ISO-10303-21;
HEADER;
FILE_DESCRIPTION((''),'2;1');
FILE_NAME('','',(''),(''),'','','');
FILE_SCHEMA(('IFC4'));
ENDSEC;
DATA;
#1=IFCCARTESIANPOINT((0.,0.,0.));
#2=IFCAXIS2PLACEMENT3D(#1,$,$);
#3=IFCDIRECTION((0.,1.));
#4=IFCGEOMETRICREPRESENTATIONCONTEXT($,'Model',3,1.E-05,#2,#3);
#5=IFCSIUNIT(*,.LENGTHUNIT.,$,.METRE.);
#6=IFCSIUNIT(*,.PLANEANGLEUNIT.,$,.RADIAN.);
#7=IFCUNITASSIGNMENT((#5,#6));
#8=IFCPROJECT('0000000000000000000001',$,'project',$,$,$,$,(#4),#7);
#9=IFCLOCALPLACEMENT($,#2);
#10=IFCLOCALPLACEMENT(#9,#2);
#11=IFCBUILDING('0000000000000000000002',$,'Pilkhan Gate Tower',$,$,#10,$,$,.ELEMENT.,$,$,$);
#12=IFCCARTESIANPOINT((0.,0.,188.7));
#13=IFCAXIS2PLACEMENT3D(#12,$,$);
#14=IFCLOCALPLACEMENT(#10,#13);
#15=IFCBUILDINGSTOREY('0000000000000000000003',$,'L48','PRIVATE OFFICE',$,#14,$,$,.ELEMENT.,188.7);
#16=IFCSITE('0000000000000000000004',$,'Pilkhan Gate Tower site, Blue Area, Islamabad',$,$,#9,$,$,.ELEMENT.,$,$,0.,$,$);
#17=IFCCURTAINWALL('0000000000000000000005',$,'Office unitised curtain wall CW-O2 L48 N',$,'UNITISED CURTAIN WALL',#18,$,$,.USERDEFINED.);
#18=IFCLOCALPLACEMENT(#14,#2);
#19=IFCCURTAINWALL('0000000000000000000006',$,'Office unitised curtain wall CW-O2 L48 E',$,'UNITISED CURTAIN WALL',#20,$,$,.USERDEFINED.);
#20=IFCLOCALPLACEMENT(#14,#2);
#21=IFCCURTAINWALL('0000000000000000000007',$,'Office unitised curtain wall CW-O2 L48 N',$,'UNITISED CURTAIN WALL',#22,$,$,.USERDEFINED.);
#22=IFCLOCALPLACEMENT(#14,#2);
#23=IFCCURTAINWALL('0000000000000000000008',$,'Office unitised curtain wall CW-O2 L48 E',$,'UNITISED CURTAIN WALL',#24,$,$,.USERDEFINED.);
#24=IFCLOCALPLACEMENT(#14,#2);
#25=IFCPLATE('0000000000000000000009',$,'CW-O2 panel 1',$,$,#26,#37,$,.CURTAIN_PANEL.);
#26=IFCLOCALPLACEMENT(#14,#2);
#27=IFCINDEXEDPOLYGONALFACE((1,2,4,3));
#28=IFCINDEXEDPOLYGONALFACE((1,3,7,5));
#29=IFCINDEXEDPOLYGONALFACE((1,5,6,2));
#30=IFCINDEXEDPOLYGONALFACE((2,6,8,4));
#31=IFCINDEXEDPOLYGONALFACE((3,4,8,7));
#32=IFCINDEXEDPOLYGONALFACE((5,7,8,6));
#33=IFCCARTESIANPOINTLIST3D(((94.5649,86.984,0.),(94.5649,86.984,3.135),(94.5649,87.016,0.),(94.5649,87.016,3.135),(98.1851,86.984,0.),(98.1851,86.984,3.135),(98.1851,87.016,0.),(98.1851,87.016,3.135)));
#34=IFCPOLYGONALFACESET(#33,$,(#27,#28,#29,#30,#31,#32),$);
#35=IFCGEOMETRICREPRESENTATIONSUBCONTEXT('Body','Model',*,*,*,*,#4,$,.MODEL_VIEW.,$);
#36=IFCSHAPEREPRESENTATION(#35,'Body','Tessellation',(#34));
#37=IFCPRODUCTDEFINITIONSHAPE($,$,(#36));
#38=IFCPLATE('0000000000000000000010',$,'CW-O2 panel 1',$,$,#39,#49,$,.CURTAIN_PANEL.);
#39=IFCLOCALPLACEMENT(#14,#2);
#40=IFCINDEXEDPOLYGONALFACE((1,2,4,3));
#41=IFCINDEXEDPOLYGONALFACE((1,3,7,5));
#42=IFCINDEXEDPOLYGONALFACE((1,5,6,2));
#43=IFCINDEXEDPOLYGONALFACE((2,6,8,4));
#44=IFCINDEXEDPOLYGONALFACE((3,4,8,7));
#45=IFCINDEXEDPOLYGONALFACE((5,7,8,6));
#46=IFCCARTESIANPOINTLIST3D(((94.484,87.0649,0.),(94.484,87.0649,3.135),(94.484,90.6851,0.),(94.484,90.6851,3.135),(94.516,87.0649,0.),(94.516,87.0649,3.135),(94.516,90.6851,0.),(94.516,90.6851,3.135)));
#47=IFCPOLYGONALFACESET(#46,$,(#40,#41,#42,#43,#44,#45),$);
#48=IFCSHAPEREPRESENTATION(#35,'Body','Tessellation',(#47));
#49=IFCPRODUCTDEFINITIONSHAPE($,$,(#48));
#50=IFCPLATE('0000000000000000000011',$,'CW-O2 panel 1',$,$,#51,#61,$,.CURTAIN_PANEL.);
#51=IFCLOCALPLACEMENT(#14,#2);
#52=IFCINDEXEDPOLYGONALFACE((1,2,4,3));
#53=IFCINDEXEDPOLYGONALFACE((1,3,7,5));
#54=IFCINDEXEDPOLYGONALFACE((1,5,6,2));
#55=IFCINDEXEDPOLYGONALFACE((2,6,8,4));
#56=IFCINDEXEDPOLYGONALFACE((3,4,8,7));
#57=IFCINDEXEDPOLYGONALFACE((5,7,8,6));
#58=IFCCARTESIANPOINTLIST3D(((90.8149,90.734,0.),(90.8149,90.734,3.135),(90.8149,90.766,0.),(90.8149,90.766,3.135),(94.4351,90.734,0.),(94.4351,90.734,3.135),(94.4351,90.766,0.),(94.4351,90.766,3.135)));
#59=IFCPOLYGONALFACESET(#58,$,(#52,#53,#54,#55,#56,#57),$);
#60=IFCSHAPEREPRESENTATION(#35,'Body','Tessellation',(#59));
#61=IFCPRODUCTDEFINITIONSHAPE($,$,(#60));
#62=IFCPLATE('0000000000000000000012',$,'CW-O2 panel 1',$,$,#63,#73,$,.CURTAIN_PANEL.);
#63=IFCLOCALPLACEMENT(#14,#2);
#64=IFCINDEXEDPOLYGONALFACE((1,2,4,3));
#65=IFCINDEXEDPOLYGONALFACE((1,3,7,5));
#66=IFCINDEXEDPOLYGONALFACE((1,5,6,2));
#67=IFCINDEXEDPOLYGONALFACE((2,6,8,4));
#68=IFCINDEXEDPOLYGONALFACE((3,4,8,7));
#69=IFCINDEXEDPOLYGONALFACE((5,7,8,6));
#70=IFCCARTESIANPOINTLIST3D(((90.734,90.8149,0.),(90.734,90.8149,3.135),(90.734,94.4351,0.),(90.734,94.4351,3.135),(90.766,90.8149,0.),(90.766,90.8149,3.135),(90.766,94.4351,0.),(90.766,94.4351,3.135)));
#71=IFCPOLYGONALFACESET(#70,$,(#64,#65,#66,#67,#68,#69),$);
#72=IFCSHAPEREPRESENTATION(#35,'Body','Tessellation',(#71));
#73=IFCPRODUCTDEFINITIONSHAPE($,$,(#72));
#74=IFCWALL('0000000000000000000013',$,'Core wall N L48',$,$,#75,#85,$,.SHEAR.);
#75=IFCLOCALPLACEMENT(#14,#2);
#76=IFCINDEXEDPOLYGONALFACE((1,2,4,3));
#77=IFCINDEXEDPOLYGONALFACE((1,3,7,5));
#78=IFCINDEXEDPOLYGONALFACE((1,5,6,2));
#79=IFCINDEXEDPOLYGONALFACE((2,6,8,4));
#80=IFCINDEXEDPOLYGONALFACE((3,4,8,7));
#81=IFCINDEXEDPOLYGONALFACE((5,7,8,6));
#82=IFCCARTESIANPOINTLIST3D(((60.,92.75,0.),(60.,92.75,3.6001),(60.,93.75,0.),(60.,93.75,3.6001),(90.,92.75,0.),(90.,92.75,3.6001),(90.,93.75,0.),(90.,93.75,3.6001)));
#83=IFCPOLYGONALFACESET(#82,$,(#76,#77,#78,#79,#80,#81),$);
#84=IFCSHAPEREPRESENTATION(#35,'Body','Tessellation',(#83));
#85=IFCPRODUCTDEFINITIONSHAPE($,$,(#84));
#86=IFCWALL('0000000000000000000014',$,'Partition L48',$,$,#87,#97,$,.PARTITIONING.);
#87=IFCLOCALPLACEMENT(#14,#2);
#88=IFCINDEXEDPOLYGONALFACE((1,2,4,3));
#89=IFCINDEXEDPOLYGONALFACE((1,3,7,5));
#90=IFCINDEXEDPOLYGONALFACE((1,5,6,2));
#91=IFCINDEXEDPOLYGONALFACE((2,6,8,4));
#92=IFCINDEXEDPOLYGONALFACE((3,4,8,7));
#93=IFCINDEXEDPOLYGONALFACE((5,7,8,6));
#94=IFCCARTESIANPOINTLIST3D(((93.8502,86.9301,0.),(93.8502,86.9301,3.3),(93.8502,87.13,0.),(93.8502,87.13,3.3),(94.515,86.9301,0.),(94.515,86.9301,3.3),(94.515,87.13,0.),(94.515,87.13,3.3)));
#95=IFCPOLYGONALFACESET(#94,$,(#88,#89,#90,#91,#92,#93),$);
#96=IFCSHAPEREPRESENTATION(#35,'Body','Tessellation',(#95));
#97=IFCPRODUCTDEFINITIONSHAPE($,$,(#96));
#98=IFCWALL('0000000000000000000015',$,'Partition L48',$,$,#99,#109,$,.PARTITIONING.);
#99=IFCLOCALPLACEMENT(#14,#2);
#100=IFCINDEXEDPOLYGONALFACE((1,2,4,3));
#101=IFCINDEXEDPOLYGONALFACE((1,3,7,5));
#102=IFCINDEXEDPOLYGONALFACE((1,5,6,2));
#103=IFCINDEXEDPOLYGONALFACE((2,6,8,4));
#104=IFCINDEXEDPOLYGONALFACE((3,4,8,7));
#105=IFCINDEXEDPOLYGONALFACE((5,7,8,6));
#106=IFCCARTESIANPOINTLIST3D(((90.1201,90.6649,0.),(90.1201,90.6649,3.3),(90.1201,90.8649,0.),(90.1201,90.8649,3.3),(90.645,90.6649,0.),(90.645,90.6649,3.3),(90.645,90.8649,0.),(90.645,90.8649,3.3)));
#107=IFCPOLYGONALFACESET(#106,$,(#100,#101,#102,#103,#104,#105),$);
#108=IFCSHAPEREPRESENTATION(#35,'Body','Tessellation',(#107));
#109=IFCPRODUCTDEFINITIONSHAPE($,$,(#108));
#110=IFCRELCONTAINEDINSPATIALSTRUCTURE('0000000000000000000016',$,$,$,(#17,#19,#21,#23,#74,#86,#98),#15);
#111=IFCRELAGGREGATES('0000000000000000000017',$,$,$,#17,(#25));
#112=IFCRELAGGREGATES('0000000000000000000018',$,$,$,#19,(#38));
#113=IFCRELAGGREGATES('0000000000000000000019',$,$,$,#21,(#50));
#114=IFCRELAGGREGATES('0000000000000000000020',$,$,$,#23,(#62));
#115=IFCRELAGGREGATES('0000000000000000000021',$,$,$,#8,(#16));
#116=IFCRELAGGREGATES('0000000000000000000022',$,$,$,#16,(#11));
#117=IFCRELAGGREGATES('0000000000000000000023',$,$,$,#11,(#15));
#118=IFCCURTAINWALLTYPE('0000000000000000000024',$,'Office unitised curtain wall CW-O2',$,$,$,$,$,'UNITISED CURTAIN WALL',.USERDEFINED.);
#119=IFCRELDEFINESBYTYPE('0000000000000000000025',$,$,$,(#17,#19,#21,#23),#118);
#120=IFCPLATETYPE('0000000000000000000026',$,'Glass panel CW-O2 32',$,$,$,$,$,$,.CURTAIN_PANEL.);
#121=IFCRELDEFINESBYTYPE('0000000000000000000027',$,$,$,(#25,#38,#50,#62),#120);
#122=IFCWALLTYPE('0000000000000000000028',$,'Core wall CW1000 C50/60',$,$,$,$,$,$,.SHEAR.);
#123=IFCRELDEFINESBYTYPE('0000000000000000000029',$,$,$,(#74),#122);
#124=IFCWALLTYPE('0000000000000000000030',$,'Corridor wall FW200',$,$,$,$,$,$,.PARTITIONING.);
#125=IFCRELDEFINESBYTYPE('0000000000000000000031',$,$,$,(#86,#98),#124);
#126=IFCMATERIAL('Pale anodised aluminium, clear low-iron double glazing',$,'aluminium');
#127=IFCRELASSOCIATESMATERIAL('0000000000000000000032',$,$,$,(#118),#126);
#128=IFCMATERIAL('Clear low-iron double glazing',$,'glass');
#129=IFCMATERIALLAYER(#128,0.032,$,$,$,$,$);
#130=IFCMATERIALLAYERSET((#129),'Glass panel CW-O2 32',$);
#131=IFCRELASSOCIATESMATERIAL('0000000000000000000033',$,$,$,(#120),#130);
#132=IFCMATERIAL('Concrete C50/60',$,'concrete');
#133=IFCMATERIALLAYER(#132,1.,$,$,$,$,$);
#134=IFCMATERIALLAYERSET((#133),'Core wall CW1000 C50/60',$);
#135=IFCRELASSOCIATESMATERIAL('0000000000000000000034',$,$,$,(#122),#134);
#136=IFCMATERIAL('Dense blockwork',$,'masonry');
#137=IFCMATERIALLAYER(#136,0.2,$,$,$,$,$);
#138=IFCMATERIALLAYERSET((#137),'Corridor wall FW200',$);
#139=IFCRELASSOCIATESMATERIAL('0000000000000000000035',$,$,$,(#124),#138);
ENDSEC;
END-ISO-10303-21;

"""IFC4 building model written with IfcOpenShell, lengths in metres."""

from ifc_helpers import new_model, si_unit, direction, frame, frame_2d, origin, origin_2d, place, context, subcontext, project, spatial, rectangle, extrude, material, layer, layer_set, type_object, element, aggregate, save


model = new_model("IFC4")

# Units and contexts
model_context = context("Model", 3, precision=1e-05, world=origin(), true_north=direction((0.0, 1.0)))
body_context = subcontext(model_context, "Body", "Model", "MODEL_VIEW")
ifc_project = project(units=[si_unit("LENGTHUNIT", "METRE"), si_unit("PLANEANGLEUNIT", "RADIAN")], contexts=[model_context])

# Site, building, storey
site_placement = place(None, origin())
site = spatial("IfcSite", under=ifc_project, at=site_placement, Name="Pilkhan Gate Tower site, Blue Area, Islamabad", CompositionType="ELEMENT", RefElevation=0.0)
building_placement = place(site_placement, origin())
building = spatial("IfcBuilding", under=site, at=building_placement, Name="Pilkhan Gate Tower", CompositionType="ELEMENT")
storey_placement = place(building_placement, frame((0.0, 0.0, 188.7)))
storey = spatial("IfcBuildingStorey", under=building, at=storey_placement, Name="L48", Description="PRIVATE OFFICE", CompositionType="ELEMENT", Elevation=188.7)

# Shared definitions
ifc_material_1 = material(Name="Concrete C50/60", Category="concrete")

# Curtain walls
ifc_material_2 = material(Name="Pale anodised aluminium, clear low-iron double glazing", Category="aluminium")
curtain_wall_type = type_object("IfcCurtainWallType", Name="Office unitised curtain wall CW-O2", ElementType="UNITISED CURTAIN WALL", PredefinedType="USERDEFINED", material=ifc_material_2)
curtain_wall_1_placement = place(storey_placement, origin())
curtain_wall_1 = element("IfcCurtainWall", 1, at=curtain_wall_1_placement, inside=storey, type_object=curtain_wall_type, Name="Office unitised curtain wall CW-O2 L48 N", ObjectType="UNITISED CURTAIN WALL", PredefinedType="USERDEFINED")
curtain_wall_2_placement = place(storey_placement, origin())
curtain_wall_2 = element("IfcCurtainWall", 2, at=curtain_wall_2_placement, inside=storey, type_object=curtain_wall_type, Name="Office unitised curtain wall CW-O2 L48 E", ObjectType="UNITISED CURTAIN WALL", PredefinedType="USERDEFINED")
curtain_wall_3_placement = place(storey_placement, origin())
curtain_wall_3 = element("IfcCurtainWall", 3, at=curtain_wall_3_placement, inside=storey, type_object=curtain_wall_type, Name="Office unitised curtain wall CW-O2 L48 N", ObjectType="UNITISED CURTAIN WALL", PredefinedType="USERDEFINED")
curtain_wall_4_placement = place(storey_placement, origin())
curtain_wall_4 = element("IfcCurtainWall", 4, at=curtain_wall_4_placement, inside=storey, type_object=curtain_wall_type, Name="Office unitised curtain wall CW-O2 L48 E", ObjectType="UNITISED CURTAIN WALL", PredefinedType="USERDEFINED")

# Plates
ifc_material_3 = material(Name="Clear low-iron double glazing", Category="glass")
ifc_layer_1 = layer(ifc_material_3, 0.032)
ifc_layer_set_1 = layer_set([ifc_layer_1], Name="Glass panel CW-O2 32")
plate_type = type_object("IfcPlateType", Name="Glass panel CW-O2 32", PredefinedType="CURTAIN_PANEL", material=ifc_layer_set_1)
plate_1_placement = place(storey_placement, frame((96.375, 87.0, 0.0), z_axis=(0.0, 0.0, 1.0), x_axis=(1.0, 0.0, 0.0)))
plate_1 = element("IfcPlate", 5, at=plate_1_placement, type_object=plate_type, Name="CW-O2 panel 1", PredefinedType="CURTAIN_PANEL", context=body_context, shape_type="SweptSolid", body=[
    extrude(rectangle(XDim=3.6201, YDim=0.032, at=origin_2d()), origin(), (0.0, 0.0, 1.0), 3.135),
])
aggregate(curtain_wall_1, [plate_1])
plate_2_placement = place(storey_placement, frame((94.5, 88.875, 0.0), z_axis=(0.0, 0.0, 1.0), x_axis=(0.0, 1.0, 0.0)))
plate_2 = element("IfcPlate", 6, at=plate_2_placement, type_object=plate_type, Name="CW-O2 panel 1", PredefinedType="CURTAIN_PANEL", context=body_context, shape_type="SweptSolid", body=[
    extrude(rectangle(XDim=3.6201, YDim=0.032, at=origin_2d()), origin(), (0.0, 0.0, 1.0), 3.135),
])
aggregate(curtain_wall_2, [plate_2])
plate_3_placement = place(storey_placement, frame((92.625, 90.75, 0.0), z_axis=(0.0, 0.0, 1.0), x_axis=(1.0, 0.0, 0.0)))
plate_3 = element("IfcPlate", 7, at=plate_3_placement, type_object=plate_type, Name="CW-O2 panel 1", PredefinedType="CURTAIN_PANEL", context=body_context, shape_type="SweptSolid", body=[
    extrude(rectangle(XDim=3.6201, YDim=0.032, at=origin_2d()), origin(), (0.0, 0.0, 1.0), 3.135),
])
aggregate(curtain_wall_3, [plate_3])
plate_4_placement = place(storey_placement, frame((90.75, 92.625, 0.0), z_axis=(0.0, 0.0, 1.0), x_axis=(0.0, 1.0, 0.0)))
plate_4 = element("IfcPlate", 8, at=plate_4_placement, type_object=plate_type, Name="CW-O2 panel 1", PredefinedType="CURTAIN_PANEL", context=body_context, shape_type="SweptSolid", body=[
    extrude(rectangle(XDim=3.6201, YDim=0.032, at=origin_2d()), origin(), (0.0, 0.0, 1.0), 3.135),
])
aggregate(curtain_wall_4, [plate_4])

# Walls
ifc_layer_2 = layer(ifc_material_1, 1.0)
ifc_layer_set_2 = layer_set([ifc_layer_2], Name="Core wall CW1000 C50/60")
wall_type_1 = type_object("IfcWallType", Name="Core wall CW1000 C50/60", PredefinedType="SHEAR", material=ifc_layer_set_2)
wall_1_placement = place(storey_placement, frame((90.0, 93.25, 0.0), z_axis=(0.0, 0.0, 1.0), x_axis=(-1.0, 0.0, 0.0)))
element("IfcWall", 9, at=wall_1_placement, inside=storey, type_object=wall_type_1, Name="Core wall N L48", PredefinedType="SHEAR", context=body_context, shape_type="SweptSolid", body=[
    extrude(rectangle(XDim=30.0, YDim=1.0, at=frame_2d((15.0, 0.0))), origin(), (0.0, 0.0, 1.0), 3.6001),
])
ifc_material_4 = material(Name="Dense blockwork", Category="masonry")
ifc_layer_3 = layer(ifc_material_4, 0.2)
ifc_layer_set_3 = layer_set([ifc_layer_3], Name="Corridor wall FW200")
wall_type_2 = type_object("IfcWallType", Name="Corridor wall FW200", PredefinedType="PARTITIONING", material=ifc_layer_set_3)
wall_2_placement = place(storey_placement, frame((93.8501, 87.03, 0.0), z_axis=(0.0, 0.0, 1.0), x_axis=(1.0, 0.0, 0.0)))
element("IfcWall", 10, at=wall_2_placement, inside=storey, type_object=wall_type_2, Name="Partition L48", PredefinedType="PARTITIONING", context=body_context, shape_type="SweptSolid", body=[
    extrude(rectangle(XDim=0.6648, YDim=0.2, at=frame_2d((0.3325, 0.0))), origin(), (0.0, 0.0, 1.0), 3.3),
])
wall_3_placement = place(storey_placement, frame((90.1201, 90.7649, 0.0), z_axis=(0.0, 0.0, 1.0), x_axis=(1.0, 0.0, 0.0)))
element("IfcWall", 11, at=wall_3_placement, inside=storey, type_object=wall_type_2, Name="Partition L48", PredefinedType="PARTITIONING", context=body_context, shape_type="SweptSolid", body=[
    extrude(rectangle(XDim=0.5249, YDim=0.2, at=frame_2d((0.2625, 0.0))), origin(), (0.0, 0.0, 1.0), 3.3),
])

save(model, "model.ifc")
